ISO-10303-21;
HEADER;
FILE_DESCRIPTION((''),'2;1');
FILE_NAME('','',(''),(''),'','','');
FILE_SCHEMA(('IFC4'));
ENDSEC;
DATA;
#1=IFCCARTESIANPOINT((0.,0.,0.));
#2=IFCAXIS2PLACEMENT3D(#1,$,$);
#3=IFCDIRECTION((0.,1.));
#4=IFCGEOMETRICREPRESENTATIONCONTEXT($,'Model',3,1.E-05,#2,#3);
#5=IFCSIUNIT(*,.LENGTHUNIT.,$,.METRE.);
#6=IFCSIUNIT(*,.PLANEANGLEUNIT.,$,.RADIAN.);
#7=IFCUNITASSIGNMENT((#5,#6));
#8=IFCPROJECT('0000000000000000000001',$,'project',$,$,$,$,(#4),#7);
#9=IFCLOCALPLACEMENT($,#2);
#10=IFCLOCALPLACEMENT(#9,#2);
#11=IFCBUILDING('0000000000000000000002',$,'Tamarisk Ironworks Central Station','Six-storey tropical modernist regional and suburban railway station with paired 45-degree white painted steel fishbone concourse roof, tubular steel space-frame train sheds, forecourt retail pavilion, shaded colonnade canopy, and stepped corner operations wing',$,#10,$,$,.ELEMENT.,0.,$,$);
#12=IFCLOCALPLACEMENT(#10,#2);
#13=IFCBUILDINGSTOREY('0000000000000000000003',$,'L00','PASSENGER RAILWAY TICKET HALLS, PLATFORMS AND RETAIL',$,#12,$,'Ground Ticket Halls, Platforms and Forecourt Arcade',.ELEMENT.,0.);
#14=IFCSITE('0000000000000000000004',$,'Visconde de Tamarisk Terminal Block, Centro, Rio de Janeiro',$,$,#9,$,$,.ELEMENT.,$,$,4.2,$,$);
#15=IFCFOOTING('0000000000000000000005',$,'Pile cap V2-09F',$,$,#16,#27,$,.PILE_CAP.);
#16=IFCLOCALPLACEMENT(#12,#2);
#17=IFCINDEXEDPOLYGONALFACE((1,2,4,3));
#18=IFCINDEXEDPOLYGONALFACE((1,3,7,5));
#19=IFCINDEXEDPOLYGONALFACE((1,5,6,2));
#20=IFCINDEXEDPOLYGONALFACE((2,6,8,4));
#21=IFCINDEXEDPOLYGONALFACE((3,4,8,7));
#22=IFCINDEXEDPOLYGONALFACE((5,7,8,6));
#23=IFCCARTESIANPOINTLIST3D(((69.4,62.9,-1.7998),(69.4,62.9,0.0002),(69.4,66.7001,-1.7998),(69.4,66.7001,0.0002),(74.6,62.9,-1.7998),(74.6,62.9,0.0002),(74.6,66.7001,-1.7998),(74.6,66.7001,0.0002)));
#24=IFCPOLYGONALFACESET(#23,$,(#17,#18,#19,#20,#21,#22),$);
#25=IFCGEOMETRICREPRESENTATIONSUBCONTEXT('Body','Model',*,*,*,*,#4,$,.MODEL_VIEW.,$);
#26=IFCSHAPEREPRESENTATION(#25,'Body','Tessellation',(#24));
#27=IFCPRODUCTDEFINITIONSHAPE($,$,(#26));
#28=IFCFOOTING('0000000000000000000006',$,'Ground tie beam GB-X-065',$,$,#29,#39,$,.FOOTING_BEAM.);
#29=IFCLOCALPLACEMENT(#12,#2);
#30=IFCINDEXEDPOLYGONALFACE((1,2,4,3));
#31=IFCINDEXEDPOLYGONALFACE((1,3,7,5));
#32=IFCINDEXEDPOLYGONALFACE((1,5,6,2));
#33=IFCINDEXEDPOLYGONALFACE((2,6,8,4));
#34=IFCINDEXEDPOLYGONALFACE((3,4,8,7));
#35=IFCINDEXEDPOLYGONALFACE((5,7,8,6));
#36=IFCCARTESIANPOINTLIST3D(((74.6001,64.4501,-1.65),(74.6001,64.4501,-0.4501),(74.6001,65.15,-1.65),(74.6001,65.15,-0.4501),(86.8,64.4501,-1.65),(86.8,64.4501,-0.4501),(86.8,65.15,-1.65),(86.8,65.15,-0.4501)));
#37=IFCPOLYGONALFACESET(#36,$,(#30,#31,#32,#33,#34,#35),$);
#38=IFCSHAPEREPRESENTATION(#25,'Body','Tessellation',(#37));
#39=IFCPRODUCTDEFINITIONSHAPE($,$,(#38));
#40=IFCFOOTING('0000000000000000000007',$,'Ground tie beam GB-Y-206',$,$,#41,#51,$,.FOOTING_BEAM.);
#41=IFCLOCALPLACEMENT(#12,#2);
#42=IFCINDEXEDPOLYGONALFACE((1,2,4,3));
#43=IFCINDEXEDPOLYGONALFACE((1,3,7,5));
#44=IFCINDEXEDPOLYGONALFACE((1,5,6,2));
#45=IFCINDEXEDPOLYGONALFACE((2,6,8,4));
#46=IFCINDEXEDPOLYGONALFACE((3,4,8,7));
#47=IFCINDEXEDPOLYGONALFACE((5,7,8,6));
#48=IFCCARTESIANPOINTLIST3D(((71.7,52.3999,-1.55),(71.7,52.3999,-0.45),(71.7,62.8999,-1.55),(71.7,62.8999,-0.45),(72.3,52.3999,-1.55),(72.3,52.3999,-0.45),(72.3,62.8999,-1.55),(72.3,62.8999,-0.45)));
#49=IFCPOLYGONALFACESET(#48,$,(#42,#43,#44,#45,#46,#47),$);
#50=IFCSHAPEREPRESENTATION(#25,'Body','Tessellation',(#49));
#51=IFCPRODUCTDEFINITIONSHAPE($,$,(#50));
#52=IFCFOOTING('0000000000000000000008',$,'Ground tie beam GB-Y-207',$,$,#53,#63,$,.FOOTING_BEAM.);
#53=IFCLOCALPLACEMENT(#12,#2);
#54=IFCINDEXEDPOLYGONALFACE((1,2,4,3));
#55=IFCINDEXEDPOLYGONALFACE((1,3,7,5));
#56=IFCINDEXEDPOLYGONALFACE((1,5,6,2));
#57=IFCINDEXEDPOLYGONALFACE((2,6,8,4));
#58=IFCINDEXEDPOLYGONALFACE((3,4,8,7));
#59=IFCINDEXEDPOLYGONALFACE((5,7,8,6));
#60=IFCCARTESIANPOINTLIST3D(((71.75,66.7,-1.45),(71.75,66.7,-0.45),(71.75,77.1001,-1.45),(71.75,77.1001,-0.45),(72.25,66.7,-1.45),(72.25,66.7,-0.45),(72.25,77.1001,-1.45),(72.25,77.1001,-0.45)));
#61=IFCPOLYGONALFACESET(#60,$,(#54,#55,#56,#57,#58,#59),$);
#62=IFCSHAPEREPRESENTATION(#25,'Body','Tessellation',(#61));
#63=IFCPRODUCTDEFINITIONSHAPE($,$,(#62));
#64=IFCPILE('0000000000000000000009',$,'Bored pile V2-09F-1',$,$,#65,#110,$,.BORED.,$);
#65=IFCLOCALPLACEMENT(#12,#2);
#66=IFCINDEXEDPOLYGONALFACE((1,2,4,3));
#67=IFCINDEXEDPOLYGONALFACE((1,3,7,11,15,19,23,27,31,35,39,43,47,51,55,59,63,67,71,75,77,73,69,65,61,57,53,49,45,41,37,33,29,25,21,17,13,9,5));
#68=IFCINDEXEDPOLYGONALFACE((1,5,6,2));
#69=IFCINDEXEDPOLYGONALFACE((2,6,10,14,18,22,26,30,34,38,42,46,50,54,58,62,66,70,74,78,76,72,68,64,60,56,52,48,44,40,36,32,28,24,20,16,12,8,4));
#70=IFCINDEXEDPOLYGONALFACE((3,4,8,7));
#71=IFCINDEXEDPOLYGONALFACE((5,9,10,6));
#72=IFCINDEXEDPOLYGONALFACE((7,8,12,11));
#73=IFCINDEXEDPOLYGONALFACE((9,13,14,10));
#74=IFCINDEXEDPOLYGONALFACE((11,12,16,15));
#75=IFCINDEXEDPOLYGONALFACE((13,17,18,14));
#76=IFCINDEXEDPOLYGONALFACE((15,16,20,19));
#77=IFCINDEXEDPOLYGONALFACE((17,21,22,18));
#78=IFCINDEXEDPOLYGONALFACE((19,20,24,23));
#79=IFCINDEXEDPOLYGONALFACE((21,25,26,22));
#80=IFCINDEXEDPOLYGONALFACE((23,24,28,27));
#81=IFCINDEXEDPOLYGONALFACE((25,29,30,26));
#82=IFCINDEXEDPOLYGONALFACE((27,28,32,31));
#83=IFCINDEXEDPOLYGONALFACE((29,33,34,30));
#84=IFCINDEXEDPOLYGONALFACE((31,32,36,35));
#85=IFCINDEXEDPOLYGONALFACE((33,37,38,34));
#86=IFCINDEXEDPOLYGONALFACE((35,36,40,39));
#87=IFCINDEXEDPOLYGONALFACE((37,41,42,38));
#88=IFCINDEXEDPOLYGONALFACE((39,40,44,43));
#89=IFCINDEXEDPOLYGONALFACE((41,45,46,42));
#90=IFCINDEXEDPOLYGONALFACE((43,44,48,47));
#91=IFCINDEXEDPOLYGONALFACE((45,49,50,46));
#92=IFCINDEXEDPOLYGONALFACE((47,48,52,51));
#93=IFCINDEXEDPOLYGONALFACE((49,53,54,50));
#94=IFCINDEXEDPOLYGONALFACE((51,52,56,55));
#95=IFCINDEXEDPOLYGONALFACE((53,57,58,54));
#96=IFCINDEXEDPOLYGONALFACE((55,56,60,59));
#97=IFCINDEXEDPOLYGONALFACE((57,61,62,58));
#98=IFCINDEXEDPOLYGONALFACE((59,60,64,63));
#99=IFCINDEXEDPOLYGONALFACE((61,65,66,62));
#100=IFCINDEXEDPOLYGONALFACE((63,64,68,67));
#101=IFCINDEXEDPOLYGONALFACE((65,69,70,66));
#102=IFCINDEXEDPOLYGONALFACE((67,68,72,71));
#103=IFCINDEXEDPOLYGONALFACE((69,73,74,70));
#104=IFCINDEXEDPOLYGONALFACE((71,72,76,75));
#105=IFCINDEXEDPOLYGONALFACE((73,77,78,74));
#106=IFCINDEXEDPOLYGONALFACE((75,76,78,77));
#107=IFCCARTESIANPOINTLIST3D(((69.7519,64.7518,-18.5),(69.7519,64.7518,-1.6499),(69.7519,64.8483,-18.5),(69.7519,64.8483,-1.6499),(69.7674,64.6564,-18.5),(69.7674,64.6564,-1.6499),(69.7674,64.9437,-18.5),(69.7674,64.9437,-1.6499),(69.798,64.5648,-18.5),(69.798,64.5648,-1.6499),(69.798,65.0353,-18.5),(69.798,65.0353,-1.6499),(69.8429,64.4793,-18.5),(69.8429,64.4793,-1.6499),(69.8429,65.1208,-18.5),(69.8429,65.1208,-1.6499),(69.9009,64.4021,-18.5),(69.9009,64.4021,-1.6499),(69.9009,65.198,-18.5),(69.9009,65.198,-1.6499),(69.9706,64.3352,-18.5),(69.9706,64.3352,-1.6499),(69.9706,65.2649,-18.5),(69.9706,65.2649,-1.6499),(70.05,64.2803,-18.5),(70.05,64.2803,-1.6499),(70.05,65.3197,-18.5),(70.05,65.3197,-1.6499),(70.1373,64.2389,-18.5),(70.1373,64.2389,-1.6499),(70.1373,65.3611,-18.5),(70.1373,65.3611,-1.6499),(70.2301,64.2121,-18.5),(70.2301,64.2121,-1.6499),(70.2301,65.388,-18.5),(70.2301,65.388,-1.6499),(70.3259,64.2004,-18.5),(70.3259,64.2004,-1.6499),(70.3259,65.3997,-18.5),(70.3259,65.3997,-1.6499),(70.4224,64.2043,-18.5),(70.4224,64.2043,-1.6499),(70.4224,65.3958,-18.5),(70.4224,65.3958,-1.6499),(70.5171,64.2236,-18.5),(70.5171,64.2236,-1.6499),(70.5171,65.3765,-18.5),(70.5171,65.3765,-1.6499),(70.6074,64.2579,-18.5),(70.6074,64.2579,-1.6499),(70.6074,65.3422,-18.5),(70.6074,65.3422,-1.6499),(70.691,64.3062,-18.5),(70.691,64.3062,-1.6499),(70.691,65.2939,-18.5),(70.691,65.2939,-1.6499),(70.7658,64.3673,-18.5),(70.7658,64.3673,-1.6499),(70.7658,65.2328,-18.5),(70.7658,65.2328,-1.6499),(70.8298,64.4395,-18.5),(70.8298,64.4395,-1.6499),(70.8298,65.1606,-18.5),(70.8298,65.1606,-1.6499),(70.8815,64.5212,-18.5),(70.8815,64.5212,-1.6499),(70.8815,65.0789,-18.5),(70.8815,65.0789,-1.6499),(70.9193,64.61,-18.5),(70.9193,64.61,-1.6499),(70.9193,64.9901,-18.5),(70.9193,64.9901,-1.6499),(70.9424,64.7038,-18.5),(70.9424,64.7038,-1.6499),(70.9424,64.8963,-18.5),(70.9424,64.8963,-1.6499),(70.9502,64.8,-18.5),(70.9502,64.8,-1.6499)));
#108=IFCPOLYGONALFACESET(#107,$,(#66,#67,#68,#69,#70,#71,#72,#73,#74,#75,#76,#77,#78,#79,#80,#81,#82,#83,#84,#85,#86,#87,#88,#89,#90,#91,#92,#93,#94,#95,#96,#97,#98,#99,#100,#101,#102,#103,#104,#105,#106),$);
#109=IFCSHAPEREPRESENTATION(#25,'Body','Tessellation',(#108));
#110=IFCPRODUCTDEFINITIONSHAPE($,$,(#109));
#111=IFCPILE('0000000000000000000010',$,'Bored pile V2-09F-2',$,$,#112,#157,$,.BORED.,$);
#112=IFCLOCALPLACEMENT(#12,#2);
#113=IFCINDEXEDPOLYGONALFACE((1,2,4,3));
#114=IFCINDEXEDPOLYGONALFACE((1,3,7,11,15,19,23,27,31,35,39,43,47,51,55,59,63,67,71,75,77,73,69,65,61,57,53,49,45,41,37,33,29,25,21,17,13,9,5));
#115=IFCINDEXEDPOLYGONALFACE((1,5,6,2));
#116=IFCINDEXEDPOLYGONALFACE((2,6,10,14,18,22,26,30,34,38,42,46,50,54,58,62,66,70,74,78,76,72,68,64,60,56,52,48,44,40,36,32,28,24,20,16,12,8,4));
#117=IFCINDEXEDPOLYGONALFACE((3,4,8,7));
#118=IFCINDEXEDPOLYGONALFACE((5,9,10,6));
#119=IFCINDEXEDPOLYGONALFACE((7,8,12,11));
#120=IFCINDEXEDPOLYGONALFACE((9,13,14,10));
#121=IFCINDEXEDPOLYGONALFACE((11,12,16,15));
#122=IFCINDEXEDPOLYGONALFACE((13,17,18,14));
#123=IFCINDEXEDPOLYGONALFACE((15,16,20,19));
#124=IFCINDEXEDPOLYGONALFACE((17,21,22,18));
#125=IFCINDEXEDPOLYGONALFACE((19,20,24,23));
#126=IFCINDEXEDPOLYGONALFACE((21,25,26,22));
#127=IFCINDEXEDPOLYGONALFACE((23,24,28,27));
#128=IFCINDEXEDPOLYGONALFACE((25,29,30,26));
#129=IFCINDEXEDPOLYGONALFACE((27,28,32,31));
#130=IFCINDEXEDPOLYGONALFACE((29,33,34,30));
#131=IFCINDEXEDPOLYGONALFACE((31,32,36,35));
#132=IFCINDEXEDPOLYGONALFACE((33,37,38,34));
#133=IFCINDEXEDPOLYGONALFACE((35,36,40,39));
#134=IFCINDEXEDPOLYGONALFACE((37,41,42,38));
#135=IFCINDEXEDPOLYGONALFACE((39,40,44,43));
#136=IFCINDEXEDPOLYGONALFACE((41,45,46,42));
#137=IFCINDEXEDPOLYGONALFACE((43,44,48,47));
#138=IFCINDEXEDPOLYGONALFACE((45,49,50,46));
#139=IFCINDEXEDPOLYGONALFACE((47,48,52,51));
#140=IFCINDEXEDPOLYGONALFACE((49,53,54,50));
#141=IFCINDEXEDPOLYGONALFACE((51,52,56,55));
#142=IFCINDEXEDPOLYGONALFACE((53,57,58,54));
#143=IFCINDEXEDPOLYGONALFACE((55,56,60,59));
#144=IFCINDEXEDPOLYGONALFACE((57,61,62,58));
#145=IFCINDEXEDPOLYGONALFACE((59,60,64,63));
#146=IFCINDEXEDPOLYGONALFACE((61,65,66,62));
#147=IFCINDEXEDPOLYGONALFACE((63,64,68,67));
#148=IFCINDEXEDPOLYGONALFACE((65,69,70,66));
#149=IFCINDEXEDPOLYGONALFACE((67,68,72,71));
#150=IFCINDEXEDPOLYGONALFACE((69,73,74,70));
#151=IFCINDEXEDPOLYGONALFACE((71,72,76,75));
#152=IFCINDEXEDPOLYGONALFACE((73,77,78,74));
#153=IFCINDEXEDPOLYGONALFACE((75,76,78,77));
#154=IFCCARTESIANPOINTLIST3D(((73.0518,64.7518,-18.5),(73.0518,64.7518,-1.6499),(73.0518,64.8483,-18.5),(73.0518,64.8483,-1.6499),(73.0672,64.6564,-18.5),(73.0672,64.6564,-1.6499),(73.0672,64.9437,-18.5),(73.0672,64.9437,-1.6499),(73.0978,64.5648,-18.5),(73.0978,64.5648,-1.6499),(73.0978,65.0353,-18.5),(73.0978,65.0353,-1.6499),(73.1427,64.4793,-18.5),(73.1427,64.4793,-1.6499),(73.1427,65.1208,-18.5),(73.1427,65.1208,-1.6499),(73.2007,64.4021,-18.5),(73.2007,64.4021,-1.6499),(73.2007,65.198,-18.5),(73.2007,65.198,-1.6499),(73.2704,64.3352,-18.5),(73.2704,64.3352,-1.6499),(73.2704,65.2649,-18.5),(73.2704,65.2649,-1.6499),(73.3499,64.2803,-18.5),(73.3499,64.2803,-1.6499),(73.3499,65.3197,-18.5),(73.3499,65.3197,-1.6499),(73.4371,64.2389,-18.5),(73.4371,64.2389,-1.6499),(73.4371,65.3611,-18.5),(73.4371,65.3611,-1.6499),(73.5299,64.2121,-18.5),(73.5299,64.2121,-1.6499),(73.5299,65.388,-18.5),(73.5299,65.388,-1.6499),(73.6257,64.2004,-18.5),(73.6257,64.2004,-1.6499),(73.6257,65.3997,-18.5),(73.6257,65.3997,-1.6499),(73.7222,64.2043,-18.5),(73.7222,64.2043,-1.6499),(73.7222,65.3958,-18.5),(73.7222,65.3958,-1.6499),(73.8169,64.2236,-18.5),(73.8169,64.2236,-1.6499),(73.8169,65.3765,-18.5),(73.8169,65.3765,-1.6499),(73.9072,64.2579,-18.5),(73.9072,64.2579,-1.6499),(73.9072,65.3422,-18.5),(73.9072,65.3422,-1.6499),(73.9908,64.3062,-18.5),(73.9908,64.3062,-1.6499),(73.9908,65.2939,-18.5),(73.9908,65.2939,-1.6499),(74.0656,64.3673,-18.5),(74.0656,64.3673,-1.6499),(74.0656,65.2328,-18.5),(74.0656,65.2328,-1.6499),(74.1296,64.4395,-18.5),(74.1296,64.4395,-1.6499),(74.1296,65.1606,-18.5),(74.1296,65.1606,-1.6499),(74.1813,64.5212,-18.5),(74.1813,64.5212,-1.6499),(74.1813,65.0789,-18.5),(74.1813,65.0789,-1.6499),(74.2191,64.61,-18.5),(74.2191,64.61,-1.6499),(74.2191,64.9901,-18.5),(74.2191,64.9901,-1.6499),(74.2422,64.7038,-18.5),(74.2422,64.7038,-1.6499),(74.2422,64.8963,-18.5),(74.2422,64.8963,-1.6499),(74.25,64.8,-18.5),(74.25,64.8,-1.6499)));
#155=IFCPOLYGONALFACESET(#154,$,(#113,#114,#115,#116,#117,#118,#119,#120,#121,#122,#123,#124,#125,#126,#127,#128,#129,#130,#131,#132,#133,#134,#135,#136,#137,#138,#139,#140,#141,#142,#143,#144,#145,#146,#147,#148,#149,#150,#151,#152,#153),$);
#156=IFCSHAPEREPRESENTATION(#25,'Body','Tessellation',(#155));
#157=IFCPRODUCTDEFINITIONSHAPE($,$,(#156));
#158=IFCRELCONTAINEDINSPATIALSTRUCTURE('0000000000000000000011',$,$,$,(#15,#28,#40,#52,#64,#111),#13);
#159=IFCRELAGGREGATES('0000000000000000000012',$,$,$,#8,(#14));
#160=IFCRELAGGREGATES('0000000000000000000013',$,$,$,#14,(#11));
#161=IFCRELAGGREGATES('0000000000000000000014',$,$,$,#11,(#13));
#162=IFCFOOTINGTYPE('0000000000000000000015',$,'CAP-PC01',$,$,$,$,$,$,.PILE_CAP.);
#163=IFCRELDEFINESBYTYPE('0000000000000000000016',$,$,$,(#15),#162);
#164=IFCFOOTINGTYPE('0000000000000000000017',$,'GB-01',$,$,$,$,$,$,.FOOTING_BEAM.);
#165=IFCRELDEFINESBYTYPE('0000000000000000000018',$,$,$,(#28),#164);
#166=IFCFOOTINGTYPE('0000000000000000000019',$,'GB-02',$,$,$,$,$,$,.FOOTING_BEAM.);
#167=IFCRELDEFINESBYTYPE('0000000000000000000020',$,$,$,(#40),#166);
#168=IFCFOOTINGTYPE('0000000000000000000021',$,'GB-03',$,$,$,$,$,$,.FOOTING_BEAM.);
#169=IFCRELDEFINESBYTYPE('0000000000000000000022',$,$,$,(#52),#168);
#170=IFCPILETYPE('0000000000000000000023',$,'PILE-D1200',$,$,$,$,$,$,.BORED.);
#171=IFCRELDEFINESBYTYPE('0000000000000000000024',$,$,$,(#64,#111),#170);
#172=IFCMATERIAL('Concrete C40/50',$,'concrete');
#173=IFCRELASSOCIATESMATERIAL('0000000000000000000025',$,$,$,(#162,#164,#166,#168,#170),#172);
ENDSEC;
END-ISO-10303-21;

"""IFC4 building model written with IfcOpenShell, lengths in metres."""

from ifc_helpers import new_model, si_unit, direction, frame, origin, origin_2d, place, context, subcontext, project, spatial, rectangle, circle, extrude, material, material_profile, profile_set, type_object, element, save


model = new_model("IFC4")

# Units and contexts
model_context = context("Model", 3, precision=1e-05, world=origin(), true_north=direction((0.0, 1.0)))
body_context = subcontext(model_context, "Body", "Model", "MODEL_VIEW")
ifc_project = project(units=[si_unit("LENGTHUNIT", "METRE"), si_unit("PLANEANGLEUNIT", "RADIAN")], contexts=[model_context])

# Site, building, storey
site_placement = place(None, origin())
site = spatial("IfcSite", under=ifc_project, at=site_placement, Name="Visconde de Tamarisk Terminal Block, Centro, Rio de Janeiro", CompositionType="ELEMENT", RefElevation=4.2)
building_placement = place(site_placement, origin())
building = spatial("IfcBuilding", under=site, at=building_placement, Name="Tamarisk Ironworks Central Station", Description="Six-storey tropical modernist regional and suburban railway station with paired 45-degree white painted steel fishbone concourse roof, tubular steel space-frame train sheds, forecourt retail pavilion, shaded colonnade canopy, and stepped corner operations wing", CompositionType="ELEMENT", ElevationOfRefHeight=0.0)
storey_placement = place(building_placement, origin())
storey = spatial("IfcBuildingStorey", under=building, at=storey_placement, Name="L00", Description="PASSENGER RAILWAY TICKET HALLS, PLATFORMS AND RETAIL", LongName="Ground Ticket Halls, Platforms and Forecourt Arcade", CompositionType="ELEMENT", Elevation=0.0)

# Footings
ifc_material_1 = material(Name="Concrete C40/50", Category="concrete")
footing_type_1 = type_object("IfcFootingType", Name="CAP-PC01", PredefinedType="PILE_CAP", material=ifc_material_1)
footing_1_placement = place(storey_placement, frame((72.0, 64.8, -1.7998), z_axis=(0.0, 0.0, 1.0), x_axis=(1.0, 0.0, 0.0)))
element("IfcFooting", 1, at=footing_1_placement, inside=storey, type_object=footing_type_1, Name="Pile cap V2-09F", PredefinedType="PILE_CAP", context=body_context, shape_type="SweptSolid", body=[
    extrude(rectangle(XDim=5.2, YDim=3.8, at=origin_2d()), origin(), (0.0, 0.0, 1.0), 1.8),
])
ifc_material_profile_1 = material_profile(ifc_material_1, rectangle(XDim=0.7, YDim=1.2, at=origin_2d()), Name="GB01 700x1200")
ifc_profile_set_1 = profile_set([ifc_material_profile_1], Name="Concrete C40/50")
footing_type_2 = type_object("IfcFootingType", Name="GB-01", PredefinedType="FOOTING_BEAM", material=ifc_profile_set_1)
footing_2_placement = place(storey_placement, frame((74.6001, 64.8, -1.05), z_axis=(1.0, 0.0, 0.0), x_axis=(0.0, 1.0, 0.0)))
element("IfcFooting", 2, at=footing_2_placement, inside=storey, type_object=footing_type_2, Name="Ground tie beam GB-X-065", PredefinedType="FOOTING_BEAM", context=body_context, shape_type="SweptSolid", body=[
    extrude(rectangle(XDim=0.7, YDim=1.2, at=origin_2d()), origin(), (0.0, 0.0, 1.0), 12.2),
])
ifc_material_profile_2 = material_profile(ifc_material_1, rectangle(XDim=0.6001, YDim=1.1001, at=origin_2d()), Name="GB02 600x1100")
ifc_profile_set_2 = profile_set([ifc_material_profile_2], Name="Concrete C40/50")
footing_type_3 = type_object("IfcFootingType", Name="GB-02", PredefinedType="FOOTING_BEAM", material=ifc_profile_set_2)
footing_3_placement = place(storey_placement, frame((72.0, 52.3999, -1.0), z_axis=(0.0, 1.0, 0.0), x_axis=(-1.0, 0.0, 0.0)))
element("IfcFooting", 3, at=footing_3_placement, inside=storey, type_object=footing_type_3, Name="Ground tie beam GB-Y-206", PredefinedType="FOOTING_BEAM", context=body_context, shape_type="SweptSolid", body=[
    extrude(rectangle(XDim=0.6001, YDim=1.1001, at=origin_2d()), origin(), (0.0, 0.0, 1.0), 10.5),
])
ifc_material_profile_3 = material_profile(ifc_material_1, rectangle(XDim=0.5, YDim=1.0, at=origin_2d()), Name="GB03 500x1000")
ifc_profile_set_3 = profile_set([ifc_material_profile_3], Name="Concrete C40/50")
footing_type_4 = type_object("IfcFootingType", Name="GB-03", PredefinedType="FOOTING_BEAM", material=ifc_profile_set_3)
footing_4_placement = place(storey_placement, frame((72.0, 66.7, -0.95), z_axis=(0.0, 1.0, 0.0), x_axis=(-1.0, 0.0, 0.0)))
element("IfcFooting", 4, at=footing_4_placement, inside=storey, type_object=footing_type_4, Name="Ground tie beam GB-Y-207", PredefinedType="FOOTING_BEAM", context=body_context, shape_type="SweptSolid", body=[
    extrude(rectangle(XDim=0.5, YDim=1.0, at=origin_2d()), origin(), (0.0, 0.0, 1.0), 10.4001),
])

# Piles
ifc_material_profile_4 = material_profile(ifc_material_1, circle(Radius=0.6001, at=origin_2d()), Name="BORED PILE D1200")
ifc_profile_set_4 = profile_set([ifc_material_profile_4], Name="Concrete C40/50")
pile_type_1 = type_object("IfcPileType", Name="PILE-D1200", PredefinedType="BORED", material=ifc_profile_set_4)
for number, where, z_axis, x_axis, name in (
    (5, (70.3501, 64.8, -1.6499), (0.0, 0.0, -1.0), (1.0, 0.0, 0.0), "Bored pile V2-09F-1"),
    (6, (73.6499, 64.8, -1.6499), (0.0, 0.0, -1.0), (1.0, 0.0, 0.0), "Bored pile V2-09F-2"),
):
    element("IfcPile", number, at=place(storey_placement, frame(where, z_axis=z_axis, x_axis=x_axis)), inside=storey, type_object=pile_type_1, Name=name, PredefinedType="BORED", context=body_context, shape_type="SweptSolid", body=[
        extrude(circle(Radius=0.6001, at=origin_2d()), origin(), (0.0, 0.0, 1.0), 16.8501),
    ])

save(model, "model.ifc")
